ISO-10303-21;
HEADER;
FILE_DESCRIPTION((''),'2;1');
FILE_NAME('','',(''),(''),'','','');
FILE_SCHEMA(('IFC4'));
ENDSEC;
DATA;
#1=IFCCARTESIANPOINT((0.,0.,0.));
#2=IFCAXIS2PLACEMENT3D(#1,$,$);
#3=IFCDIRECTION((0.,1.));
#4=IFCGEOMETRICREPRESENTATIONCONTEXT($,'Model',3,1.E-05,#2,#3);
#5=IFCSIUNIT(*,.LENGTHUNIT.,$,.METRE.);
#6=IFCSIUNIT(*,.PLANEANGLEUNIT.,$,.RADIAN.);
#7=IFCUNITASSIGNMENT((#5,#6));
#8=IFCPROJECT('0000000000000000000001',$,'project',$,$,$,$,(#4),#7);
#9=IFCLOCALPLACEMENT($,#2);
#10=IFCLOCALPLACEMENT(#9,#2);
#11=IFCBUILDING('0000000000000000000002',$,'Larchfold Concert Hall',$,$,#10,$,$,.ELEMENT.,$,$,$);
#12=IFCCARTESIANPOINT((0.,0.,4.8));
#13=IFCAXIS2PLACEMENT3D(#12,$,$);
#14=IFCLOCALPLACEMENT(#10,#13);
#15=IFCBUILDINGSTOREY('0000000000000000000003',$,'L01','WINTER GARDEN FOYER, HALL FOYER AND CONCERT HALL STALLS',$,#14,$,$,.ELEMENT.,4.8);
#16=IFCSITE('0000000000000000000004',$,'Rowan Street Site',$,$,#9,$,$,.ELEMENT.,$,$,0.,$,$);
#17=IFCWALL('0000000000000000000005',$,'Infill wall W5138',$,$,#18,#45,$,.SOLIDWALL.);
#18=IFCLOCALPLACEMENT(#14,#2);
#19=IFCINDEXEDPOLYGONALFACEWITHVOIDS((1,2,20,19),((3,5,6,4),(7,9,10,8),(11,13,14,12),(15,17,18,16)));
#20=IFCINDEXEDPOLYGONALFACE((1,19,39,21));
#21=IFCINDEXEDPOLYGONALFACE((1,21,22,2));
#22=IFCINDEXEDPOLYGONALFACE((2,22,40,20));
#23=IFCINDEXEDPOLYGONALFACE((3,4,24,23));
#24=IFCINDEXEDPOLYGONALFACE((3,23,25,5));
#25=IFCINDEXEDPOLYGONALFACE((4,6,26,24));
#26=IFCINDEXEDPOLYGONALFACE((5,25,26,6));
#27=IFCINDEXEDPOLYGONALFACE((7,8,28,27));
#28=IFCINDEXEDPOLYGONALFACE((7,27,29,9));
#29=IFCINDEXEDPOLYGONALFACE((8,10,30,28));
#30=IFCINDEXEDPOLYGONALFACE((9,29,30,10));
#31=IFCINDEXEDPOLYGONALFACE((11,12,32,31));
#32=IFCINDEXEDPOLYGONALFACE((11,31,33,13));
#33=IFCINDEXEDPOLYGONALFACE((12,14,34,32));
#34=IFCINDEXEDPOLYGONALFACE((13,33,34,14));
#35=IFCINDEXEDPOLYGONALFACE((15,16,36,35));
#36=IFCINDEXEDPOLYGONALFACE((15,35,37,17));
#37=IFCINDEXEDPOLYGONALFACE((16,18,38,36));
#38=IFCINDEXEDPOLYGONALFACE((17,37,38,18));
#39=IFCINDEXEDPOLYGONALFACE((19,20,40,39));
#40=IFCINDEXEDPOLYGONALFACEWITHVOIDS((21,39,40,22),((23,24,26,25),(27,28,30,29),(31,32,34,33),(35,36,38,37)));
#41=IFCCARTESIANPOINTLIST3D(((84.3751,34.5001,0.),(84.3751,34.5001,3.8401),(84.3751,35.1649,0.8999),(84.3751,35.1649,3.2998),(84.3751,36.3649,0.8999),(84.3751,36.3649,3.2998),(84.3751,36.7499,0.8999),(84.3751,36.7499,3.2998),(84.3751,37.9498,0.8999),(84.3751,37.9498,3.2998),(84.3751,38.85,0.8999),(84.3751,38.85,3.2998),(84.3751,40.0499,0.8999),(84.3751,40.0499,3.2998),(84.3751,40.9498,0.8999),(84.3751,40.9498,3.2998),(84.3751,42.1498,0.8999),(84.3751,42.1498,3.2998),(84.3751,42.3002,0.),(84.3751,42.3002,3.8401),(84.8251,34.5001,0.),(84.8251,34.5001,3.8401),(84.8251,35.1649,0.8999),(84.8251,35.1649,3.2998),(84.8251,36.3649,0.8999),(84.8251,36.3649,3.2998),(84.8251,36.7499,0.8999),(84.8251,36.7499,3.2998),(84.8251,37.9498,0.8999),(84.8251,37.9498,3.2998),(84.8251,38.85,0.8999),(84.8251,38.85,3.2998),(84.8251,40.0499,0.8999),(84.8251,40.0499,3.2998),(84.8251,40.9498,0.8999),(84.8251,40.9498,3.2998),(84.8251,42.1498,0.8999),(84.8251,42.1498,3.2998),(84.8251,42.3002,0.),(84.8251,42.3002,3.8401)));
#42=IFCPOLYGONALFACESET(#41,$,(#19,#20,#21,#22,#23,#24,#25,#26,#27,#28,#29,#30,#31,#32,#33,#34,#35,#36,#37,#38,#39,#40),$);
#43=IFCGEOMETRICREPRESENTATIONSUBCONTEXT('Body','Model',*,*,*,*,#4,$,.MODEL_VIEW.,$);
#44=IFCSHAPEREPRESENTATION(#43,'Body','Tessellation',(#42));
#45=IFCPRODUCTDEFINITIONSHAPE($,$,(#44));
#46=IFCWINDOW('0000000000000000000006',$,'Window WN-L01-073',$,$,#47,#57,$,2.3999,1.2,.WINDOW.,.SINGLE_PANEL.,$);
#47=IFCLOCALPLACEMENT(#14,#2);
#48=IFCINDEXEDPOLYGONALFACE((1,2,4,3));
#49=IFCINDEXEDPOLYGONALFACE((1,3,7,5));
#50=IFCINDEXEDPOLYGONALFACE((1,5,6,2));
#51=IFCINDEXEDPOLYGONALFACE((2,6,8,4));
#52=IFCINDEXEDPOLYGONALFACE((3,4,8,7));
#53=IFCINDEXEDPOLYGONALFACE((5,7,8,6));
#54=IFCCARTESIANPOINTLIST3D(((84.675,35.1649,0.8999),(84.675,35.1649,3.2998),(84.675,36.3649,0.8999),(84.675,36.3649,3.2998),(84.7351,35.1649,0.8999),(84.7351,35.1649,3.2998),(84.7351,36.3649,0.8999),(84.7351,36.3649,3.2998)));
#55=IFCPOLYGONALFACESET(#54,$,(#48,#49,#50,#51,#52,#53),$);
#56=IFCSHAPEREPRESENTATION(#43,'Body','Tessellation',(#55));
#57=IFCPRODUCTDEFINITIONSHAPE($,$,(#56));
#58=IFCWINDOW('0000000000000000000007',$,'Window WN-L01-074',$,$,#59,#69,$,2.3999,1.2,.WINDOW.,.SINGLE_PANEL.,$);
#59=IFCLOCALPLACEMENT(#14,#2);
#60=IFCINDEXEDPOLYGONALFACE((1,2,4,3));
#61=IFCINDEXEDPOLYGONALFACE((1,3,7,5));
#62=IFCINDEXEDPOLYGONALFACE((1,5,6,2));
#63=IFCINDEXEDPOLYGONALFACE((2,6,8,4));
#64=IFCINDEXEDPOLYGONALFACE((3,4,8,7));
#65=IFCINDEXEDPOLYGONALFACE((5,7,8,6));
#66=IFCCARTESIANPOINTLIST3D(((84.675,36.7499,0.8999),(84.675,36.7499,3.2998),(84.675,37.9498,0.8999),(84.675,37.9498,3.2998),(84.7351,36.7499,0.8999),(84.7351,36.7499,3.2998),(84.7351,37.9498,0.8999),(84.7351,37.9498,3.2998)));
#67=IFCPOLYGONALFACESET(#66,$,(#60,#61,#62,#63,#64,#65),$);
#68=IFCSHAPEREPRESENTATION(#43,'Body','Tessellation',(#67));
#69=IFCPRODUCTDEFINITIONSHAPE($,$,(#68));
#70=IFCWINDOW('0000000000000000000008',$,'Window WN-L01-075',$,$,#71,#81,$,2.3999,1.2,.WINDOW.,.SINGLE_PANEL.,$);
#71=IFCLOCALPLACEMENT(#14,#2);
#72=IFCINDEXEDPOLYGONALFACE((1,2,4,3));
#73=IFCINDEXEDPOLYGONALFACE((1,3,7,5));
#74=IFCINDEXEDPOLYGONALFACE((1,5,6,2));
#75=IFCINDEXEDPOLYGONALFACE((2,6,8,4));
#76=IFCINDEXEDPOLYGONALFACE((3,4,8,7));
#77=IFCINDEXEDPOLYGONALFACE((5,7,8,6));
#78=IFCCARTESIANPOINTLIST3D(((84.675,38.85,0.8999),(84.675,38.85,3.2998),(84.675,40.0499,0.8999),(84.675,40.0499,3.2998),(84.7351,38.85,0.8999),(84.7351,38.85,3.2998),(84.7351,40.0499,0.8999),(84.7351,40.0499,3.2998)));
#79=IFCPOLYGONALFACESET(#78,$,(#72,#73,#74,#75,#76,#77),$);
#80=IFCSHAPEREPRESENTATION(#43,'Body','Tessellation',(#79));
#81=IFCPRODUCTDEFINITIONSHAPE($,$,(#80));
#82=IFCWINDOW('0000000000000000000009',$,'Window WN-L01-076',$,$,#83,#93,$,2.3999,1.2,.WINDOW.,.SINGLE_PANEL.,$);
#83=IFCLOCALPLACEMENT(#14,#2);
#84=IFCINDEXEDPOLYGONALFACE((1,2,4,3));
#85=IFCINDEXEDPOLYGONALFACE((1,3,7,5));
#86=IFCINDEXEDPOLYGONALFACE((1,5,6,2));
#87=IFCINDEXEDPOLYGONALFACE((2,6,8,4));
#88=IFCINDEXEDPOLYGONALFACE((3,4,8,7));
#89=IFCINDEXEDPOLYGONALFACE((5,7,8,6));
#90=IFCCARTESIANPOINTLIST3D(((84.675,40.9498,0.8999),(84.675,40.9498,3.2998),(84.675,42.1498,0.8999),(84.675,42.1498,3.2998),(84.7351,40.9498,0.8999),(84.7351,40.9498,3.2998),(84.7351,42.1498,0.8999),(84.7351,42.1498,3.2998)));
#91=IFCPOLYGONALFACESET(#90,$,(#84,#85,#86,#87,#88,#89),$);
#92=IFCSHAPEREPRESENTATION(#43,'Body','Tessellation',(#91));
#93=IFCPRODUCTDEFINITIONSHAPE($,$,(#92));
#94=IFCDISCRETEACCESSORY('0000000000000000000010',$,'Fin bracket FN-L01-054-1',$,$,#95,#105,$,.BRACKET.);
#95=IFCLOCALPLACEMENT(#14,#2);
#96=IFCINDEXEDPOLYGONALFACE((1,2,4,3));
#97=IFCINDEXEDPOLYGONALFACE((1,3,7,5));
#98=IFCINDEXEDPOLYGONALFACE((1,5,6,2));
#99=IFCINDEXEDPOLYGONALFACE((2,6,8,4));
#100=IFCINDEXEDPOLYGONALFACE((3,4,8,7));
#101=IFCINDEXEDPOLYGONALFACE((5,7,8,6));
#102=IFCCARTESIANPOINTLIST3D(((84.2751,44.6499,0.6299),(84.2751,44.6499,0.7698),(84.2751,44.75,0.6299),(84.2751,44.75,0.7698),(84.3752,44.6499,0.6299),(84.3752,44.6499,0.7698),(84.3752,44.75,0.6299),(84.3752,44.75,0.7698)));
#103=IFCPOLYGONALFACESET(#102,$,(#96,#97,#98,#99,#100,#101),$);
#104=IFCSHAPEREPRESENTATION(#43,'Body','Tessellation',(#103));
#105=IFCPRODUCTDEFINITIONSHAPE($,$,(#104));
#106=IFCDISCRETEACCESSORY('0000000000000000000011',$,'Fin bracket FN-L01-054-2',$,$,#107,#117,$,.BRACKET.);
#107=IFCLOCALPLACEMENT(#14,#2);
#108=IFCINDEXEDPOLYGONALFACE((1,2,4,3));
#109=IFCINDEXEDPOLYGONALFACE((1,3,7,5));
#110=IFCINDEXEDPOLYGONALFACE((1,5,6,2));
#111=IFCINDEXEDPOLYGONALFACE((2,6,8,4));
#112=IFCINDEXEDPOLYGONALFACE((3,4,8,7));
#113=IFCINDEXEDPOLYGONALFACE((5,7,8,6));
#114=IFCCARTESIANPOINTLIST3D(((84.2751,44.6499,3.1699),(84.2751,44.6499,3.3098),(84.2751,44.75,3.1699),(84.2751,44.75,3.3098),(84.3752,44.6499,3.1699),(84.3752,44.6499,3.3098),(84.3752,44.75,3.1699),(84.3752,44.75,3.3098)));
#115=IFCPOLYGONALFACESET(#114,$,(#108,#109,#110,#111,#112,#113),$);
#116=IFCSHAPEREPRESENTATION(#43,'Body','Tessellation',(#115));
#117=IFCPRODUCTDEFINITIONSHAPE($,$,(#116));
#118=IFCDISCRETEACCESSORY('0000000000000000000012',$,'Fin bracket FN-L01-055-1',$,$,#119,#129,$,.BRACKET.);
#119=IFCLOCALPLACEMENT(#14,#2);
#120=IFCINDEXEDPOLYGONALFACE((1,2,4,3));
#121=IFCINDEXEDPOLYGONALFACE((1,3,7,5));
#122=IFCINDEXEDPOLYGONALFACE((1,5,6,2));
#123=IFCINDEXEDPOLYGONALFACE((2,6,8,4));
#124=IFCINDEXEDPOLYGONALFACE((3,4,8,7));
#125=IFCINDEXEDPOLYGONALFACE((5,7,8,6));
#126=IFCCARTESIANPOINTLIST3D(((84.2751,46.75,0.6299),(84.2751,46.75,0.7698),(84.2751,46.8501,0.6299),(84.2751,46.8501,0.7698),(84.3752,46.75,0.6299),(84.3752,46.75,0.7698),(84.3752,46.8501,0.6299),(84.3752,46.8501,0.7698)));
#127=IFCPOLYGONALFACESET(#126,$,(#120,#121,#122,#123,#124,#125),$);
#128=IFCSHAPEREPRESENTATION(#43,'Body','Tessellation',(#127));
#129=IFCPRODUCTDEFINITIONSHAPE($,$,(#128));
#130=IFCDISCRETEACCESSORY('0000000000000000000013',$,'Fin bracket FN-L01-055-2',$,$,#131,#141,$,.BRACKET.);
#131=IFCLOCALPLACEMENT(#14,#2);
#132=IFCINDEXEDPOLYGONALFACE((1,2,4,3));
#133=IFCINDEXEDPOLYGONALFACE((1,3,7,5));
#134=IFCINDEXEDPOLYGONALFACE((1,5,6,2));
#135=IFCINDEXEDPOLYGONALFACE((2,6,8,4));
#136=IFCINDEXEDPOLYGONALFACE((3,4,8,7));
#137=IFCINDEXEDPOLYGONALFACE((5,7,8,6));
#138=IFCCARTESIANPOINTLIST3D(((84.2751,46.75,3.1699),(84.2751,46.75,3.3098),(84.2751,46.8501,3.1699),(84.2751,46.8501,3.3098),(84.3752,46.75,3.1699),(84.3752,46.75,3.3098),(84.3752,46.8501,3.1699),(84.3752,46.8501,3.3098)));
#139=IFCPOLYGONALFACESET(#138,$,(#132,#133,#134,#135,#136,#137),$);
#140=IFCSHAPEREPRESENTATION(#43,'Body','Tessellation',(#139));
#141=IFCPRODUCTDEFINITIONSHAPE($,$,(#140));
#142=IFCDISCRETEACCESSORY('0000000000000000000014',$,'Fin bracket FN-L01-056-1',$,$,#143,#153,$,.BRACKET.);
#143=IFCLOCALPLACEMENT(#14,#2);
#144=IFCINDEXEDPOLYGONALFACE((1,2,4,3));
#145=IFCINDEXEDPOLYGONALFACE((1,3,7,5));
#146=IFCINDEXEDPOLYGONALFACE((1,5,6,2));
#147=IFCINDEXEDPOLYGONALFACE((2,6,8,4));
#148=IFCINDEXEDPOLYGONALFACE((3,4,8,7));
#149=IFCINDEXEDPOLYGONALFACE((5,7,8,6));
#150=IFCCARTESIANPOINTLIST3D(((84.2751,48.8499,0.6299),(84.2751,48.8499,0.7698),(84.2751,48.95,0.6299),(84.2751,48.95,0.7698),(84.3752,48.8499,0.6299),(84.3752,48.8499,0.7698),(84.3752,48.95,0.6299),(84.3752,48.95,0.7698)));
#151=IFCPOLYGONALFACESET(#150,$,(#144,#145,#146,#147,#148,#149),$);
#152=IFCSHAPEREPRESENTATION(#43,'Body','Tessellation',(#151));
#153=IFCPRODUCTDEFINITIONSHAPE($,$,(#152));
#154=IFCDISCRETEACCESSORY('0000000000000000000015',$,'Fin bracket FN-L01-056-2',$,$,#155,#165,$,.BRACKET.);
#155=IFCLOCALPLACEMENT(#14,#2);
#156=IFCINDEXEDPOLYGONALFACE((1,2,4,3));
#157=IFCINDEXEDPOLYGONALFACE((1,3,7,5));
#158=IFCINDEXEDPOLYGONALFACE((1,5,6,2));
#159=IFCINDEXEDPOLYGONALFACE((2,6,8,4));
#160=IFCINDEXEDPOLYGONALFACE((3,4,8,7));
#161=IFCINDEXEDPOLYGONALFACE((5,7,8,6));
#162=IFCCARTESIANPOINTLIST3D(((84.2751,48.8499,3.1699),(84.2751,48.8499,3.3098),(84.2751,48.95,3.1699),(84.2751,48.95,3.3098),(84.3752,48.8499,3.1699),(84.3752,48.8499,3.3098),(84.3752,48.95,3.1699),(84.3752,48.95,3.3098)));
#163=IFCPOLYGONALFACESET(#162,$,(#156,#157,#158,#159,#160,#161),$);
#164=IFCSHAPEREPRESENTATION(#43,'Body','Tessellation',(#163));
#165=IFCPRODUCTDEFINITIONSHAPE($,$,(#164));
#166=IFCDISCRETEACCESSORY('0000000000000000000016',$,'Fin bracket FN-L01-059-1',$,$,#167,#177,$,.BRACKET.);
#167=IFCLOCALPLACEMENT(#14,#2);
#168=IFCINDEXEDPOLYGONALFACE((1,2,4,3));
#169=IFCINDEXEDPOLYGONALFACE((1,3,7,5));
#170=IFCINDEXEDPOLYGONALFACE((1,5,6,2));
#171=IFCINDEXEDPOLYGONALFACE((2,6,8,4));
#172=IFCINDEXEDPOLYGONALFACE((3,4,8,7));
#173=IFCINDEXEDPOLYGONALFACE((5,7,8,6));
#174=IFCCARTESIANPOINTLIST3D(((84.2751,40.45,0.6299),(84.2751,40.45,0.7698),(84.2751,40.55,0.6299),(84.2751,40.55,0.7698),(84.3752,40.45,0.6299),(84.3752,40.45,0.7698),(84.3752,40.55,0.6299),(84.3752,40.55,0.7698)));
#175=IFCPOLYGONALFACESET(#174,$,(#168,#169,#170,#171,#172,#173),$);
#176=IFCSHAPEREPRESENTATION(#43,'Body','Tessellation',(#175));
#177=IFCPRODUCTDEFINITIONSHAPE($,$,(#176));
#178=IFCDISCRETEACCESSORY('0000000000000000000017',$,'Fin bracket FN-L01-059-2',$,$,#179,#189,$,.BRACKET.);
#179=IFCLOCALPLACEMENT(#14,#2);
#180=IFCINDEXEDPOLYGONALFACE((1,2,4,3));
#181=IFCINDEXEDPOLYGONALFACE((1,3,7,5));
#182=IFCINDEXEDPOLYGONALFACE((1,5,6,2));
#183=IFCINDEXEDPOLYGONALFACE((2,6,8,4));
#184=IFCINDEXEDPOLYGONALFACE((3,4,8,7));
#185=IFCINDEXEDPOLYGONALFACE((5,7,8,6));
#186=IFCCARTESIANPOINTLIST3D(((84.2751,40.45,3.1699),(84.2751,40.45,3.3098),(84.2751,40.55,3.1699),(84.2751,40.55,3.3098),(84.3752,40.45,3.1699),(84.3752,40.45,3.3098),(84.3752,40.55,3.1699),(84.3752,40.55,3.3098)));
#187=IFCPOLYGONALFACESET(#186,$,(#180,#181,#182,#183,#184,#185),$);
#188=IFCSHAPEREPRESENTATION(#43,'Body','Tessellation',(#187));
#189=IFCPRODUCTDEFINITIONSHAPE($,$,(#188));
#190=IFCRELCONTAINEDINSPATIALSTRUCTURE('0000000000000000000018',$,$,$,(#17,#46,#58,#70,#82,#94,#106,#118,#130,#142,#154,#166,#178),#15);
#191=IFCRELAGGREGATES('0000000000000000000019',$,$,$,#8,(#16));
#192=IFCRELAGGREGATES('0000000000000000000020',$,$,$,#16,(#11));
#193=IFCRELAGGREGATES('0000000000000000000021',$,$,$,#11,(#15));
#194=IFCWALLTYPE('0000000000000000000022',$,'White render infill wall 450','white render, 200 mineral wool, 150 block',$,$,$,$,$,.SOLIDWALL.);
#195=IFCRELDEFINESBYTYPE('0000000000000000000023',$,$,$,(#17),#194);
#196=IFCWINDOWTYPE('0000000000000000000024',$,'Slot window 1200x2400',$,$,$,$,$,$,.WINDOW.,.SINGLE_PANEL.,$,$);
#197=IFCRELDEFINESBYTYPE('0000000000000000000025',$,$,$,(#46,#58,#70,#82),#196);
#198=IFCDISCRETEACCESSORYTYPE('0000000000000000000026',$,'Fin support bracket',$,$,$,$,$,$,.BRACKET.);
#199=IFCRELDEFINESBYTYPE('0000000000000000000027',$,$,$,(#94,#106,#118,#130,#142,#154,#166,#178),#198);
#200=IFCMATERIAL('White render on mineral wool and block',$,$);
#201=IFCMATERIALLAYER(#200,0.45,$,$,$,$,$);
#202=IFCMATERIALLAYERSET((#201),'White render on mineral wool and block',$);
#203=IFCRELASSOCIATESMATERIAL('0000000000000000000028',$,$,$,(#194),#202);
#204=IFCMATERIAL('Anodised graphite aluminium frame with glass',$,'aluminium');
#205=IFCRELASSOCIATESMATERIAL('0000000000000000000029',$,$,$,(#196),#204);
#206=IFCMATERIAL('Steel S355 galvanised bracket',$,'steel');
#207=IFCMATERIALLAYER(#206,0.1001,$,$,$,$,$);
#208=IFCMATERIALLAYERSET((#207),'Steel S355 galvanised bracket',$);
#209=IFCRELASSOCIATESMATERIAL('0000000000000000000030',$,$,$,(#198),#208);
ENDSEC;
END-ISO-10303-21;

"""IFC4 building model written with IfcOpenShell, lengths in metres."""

from ifc_helpers import new_model, si_unit, direction, frame, frame_2d, origin, origin_2d, place, context, subcontext, project, spatial, rectangle, extrude, material, layer, layer_set, type_object, element, fill, save


model = new_model("IFC4")

# Units and contexts
model_context = context("Model", 3, precision=1e-05, world=origin(), true_north=direction((0.0, 1.0)))
body_context = subcontext(model_context, "Body", "Model", "MODEL_VIEW")
ifc_project = project(units=[si_unit("LENGTHUNIT", "METRE"), si_unit("PLANEANGLEUNIT", "RADIAN")], contexts=[model_context])

# Site, building, storey
site_placement = place(None, origin())
site = spatial("IfcSite", under=ifc_project, at=site_placement, Name="Rowan Street Site", CompositionType="ELEMENT", RefElevation=0.0)
building_placement = place(site_placement, origin())
building = spatial("IfcBuilding", under=site, at=building_placement, Name="Larchfold Concert Hall", CompositionType="ELEMENT")
storey_placement = place(building_placement, frame((0.0, 0.0, 4.8)))
storey = spatial("IfcBuildingStorey", under=building, at=storey_placement, Name="L01", Description="WINTER GARDEN FOYER, HALL FOYER AND CONCERT HALL STALLS", CompositionType="ELEMENT", Elevation=4.8)

# Wall, openings, windows
ifc_material_1 = material(Name="White render on mineral wool and block")
ifc_layer_1 = layer(ifc_material_1, 0.45)
ifc_layer_set_1 = layer_set([ifc_layer_1], Name="White render on mineral wool and block")
wall_type_1 = type_object("IfcWallType", Name="White render infill wall 450", Description="white render, 200 mineral wool, 150 block", PredefinedType="SOLIDWALL", material=ifc_layer_set_1)
wall_1_placement = place(storey_placement, frame((84.6001, 42.3, 0.0), z_axis=(0.0, 0.0, 1.0), x_axis=(0.0, -1.0, 0.0)))
wall_1 = element("IfcWall", 1, at=wall_1_placement, inside=storey, type_object=wall_type_1, Name="Infill wall W5138", PredefinedType="SOLIDWALL", context=body_context, shape_type="SweptSolid", body=[
    extrude(rectangle(XDim=7.8, YDim=0.45, at=frame_2d((3.8999, 0.0))), origin(), (0.0, 0.0, 1.0), 3.8401),
])
opening_1_placement = place(wall_1_placement, frame((5.9351, 0.0, 0.8999)))
opening_1 = element("IfcOpeningElement", 2, at=opening_1_placement, cuts=wall_1, PredefinedType="OPENING", context=body_context, shape_type="SweptSolid", body=[
    extrude(rectangle(XDim=1.2, YDim=2.3999, at=frame_2d((0.6001, 1.2))), frame((0.0, 0.2349, 0.0), z_axis=(0.0, -1.0, 0.0), x_axis=(1.0, 0.0, 0.0)), (0.0, 0.0, 1.0), 0.47),
])
opening_2_placement = place(wall_1_placement, frame((4.3501, 0.0, 0.8999)))
opening_2 = element("IfcOpeningElement", 3, at=opening_2_placement, cuts=wall_1, PredefinedType="OPENING", context=body_context, shape_type="SweptSolid", body=[
    extrude(rectangle(XDim=1.2, YDim=2.3999, at=frame_2d((0.6001, 1.2))), frame((0.0, 0.2349, 0.0), z_axis=(0.0, -1.0, 0.0), x_axis=(1.0, 0.0, 0.0)), (0.0, 0.0, 1.0), 0.47),
])
opening_3_placement = place(wall_1_placement, frame((2.25, 0.0, 0.8999)))
opening_3 = element("IfcOpeningElement", 4, at=opening_3_placement, cuts=wall_1, PredefinedType="OPENING", context=body_context, shape_type="SweptSolid", body=[
    extrude(rectangle(XDim=1.2, YDim=2.3999, at=frame_2d((0.6001, 1.2))), frame((0.0, 0.2349, 0.0), z_axis=(0.0, -1.0, 0.0), x_axis=(1.0, 0.0, 0.0)), (0.0, 0.0, 1.0), 0.47),
])
opening_4_placement = place(wall_1_placement, frame((0.1501, 0.0, 0.8999)))
opening_4 = element("IfcOpeningElement", 5, at=opening_4_placement, cuts=wall_1, PredefinedType="OPENING", context=body_context, shape_type="SweptSolid", body=[
    extrude(rectangle(XDim=1.2, YDim=2.3999, at=frame_2d((0.6001, 1.2))), frame((0.0, 0.2349, 0.0), z_axis=(0.0, -1.0, 0.0), x_axis=(1.0, 0.0, 0.0)), (0.0, 0.0, 1.0), 0.47),
])
ifc_material_2 = material(Name="Anodised graphite aluminium frame with glass", Category="aluminium")
window_type = type_object("IfcWindowType", Name="Slot window 1200x2400", PartitioningType="SINGLE_PANEL", PredefinedType="WINDOW", material=ifc_material_2)
window_1_placement = place(opening_1_placement, origin())
window_1 = element("IfcWindow", 6, at=window_1_placement, inside=storey, type_object=window_type, Name="Window WN-L01-073", OverallHeight=2.3999, OverallWidth=1.2, PartitioningType="SINGLE_PANEL", PredefinedType="WINDOW", context=body_context, shape_type="SweptSolid", body=[
    extrude(rectangle(XDim=1.2, YDim=2.3999, at=frame_2d((0.6001, 1.2))), frame((0.0, 0.135, 0.0), z_axis=(0.0, -1.0, 0.0), x_axis=(1.0, 0.0, 0.0)), (0.0, 0.0, 1.0), 0.0601),
])
fill(opening_1, window_1)
window_2_placement = place(opening_2_placement, origin())
window_2 = element("IfcWindow", 7, at=window_2_placement, inside=storey, type_object=window_type, Name="Window WN-L01-074", OverallHeight=2.3999, OverallWidth=1.2, PartitioningType="SINGLE_PANEL", PredefinedType="WINDOW", context=body_context, shape_type="SweptSolid", body=[
    extrude(rectangle(XDim=1.2, YDim=2.3999, at=frame_2d((0.6001, 1.2))), frame((0.0, 0.135, 0.0), z_axis=(0.0, -1.0, 0.0), x_axis=(1.0, 0.0, 0.0)), (0.0, 0.0, 1.0), 0.0601),
])
fill(opening_2, window_2)
window_3_placement = place(opening_3_placement, origin())
window_3 = element("IfcWindow", 8, at=window_3_placement, inside=storey, type_object=window_type, Name="Window WN-L01-075", OverallHeight=2.3999, OverallWidth=1.2, PartitioningType="SINGLE_PANEL", PredefinedType="WINDOW", context=body_context, shape_type="SweptSolid", body=[
    extrude(rectangle(XDim=1.2, YDim=2.3999, at=frame_2d((0.6001, 1.2))), frame((0.0, 0.135, 0.0), z_axis=(0.0, -1.0, 0.0), x_axis=(1.0, 0.0, 0.0)), (0.0, 0.0, 1.0), 0.0601),
])
fill(opening_3, window_3)
window_4_placement = place(opening_4_placement, origin())
window_4 = element("IfcWindow", 9, at=window_4_placement, inside=storey, type_object=window_type, Name="Window WN-L01-076", OverallHeight=2.3999, OverallWidth=1.2, PartitioningType="SINGLE_PANEL", PredefinedType="WINDOW", context=body_context, shape_type="SweptSolid", body=[
    extrude(rectangle(XDim=1.2, YDim=2.3999, at=frame_2d((0.6001, 1.2))), frame((0.0, 0.135, 0.0), z_axis=(0.0, -1.0, 0.0), x_axis=(1.0, 0.0, 0.0)), (0.0, 0.0, 1.0), 0.0601),
])
fill(opening_4, window_4)

# Discrete accessories
ifc_material_3 = material(Name="Steel S355 galvanised bracket", Category="steel")
ifc_layer_2 = layer(ifc_material_3, 0.1001)
ifc_layer_set_2 = layer_set([ifc_layer_2], Name="Steel S355 galvanised bracket")
discrete_accessory_type = type_object("IfcDiscreteAccessoryType", Name="Fin support bracket", PredefinedType="BRACKET", material=ifc_layer_set_2)
for number, where, z_axis, x_axis, name in (
    (10, (84.3252, 44.7, 0.6299), (0.0, 0.0, 1.0), (-1.0, 0.0, 0.0), "Fin bracket FN-L01-054-1"),
    (11, (84.3252, 44.7, 3.1699), (0.0, 0.0, 1.0), (-1.0, 0.0, 0.0), "Fin bracket FN-L01-054-2"),
    (12, (84.3252, 46.8, 0.6299), (0.0, 0.0, 1.0), (-1.0, 0.0, 0.0), "Fin bracket FN-L01-055-1"),
    (13, (84.3252, 46.8, 3.1699), (0.0, 0.0, 1.0), (-1.0, 0.0, 0.0), "Fin bracket FN-L01-055-2"),
    (14, (84.3252, 48.8999, 0.6299), (0.0, 0.0, 1.0), (-1.0, 0.0, 0.0), "Fin bracket FN-L01-056-1"),
    (15, (84.3252, 48.8999, 3.1699), (0.0, 0.0, 1.0), (-1.0, 0.0, 0.0), "Fin bracket FN-L01-056-2"),
    (16, (84.3252, 40.5, 0.6299), (0.0, 0.0, 1.0), (-1.0, 0.0, 0.0), "Fin bracket FN-L01-059-1"),
    (17, (84.3252, 40.5, 3.1699), (0.0, 0.0, 1.0), (-1.0, 0.0, 0.0), "Fin bracket FN-L01-059-2"),
):
    element("IfcDiscreteAccessory", number, at=place(storey_placement, frame(where, z_axis=z_axis, x_axis=x_axis)), inside=storey, type_object=discrete_accessory_type, Name=name, PredefinedType="BRACKET", context=body_context, shape_type="SweptSolid", body=[
        extrude(rectangle(XDim=0.1001, YDim=0.1001, at=origin_2d()), origin(), (0.0, 0.0, 1.0), 0.1399),
    ])

save(model, "model.ifc")
